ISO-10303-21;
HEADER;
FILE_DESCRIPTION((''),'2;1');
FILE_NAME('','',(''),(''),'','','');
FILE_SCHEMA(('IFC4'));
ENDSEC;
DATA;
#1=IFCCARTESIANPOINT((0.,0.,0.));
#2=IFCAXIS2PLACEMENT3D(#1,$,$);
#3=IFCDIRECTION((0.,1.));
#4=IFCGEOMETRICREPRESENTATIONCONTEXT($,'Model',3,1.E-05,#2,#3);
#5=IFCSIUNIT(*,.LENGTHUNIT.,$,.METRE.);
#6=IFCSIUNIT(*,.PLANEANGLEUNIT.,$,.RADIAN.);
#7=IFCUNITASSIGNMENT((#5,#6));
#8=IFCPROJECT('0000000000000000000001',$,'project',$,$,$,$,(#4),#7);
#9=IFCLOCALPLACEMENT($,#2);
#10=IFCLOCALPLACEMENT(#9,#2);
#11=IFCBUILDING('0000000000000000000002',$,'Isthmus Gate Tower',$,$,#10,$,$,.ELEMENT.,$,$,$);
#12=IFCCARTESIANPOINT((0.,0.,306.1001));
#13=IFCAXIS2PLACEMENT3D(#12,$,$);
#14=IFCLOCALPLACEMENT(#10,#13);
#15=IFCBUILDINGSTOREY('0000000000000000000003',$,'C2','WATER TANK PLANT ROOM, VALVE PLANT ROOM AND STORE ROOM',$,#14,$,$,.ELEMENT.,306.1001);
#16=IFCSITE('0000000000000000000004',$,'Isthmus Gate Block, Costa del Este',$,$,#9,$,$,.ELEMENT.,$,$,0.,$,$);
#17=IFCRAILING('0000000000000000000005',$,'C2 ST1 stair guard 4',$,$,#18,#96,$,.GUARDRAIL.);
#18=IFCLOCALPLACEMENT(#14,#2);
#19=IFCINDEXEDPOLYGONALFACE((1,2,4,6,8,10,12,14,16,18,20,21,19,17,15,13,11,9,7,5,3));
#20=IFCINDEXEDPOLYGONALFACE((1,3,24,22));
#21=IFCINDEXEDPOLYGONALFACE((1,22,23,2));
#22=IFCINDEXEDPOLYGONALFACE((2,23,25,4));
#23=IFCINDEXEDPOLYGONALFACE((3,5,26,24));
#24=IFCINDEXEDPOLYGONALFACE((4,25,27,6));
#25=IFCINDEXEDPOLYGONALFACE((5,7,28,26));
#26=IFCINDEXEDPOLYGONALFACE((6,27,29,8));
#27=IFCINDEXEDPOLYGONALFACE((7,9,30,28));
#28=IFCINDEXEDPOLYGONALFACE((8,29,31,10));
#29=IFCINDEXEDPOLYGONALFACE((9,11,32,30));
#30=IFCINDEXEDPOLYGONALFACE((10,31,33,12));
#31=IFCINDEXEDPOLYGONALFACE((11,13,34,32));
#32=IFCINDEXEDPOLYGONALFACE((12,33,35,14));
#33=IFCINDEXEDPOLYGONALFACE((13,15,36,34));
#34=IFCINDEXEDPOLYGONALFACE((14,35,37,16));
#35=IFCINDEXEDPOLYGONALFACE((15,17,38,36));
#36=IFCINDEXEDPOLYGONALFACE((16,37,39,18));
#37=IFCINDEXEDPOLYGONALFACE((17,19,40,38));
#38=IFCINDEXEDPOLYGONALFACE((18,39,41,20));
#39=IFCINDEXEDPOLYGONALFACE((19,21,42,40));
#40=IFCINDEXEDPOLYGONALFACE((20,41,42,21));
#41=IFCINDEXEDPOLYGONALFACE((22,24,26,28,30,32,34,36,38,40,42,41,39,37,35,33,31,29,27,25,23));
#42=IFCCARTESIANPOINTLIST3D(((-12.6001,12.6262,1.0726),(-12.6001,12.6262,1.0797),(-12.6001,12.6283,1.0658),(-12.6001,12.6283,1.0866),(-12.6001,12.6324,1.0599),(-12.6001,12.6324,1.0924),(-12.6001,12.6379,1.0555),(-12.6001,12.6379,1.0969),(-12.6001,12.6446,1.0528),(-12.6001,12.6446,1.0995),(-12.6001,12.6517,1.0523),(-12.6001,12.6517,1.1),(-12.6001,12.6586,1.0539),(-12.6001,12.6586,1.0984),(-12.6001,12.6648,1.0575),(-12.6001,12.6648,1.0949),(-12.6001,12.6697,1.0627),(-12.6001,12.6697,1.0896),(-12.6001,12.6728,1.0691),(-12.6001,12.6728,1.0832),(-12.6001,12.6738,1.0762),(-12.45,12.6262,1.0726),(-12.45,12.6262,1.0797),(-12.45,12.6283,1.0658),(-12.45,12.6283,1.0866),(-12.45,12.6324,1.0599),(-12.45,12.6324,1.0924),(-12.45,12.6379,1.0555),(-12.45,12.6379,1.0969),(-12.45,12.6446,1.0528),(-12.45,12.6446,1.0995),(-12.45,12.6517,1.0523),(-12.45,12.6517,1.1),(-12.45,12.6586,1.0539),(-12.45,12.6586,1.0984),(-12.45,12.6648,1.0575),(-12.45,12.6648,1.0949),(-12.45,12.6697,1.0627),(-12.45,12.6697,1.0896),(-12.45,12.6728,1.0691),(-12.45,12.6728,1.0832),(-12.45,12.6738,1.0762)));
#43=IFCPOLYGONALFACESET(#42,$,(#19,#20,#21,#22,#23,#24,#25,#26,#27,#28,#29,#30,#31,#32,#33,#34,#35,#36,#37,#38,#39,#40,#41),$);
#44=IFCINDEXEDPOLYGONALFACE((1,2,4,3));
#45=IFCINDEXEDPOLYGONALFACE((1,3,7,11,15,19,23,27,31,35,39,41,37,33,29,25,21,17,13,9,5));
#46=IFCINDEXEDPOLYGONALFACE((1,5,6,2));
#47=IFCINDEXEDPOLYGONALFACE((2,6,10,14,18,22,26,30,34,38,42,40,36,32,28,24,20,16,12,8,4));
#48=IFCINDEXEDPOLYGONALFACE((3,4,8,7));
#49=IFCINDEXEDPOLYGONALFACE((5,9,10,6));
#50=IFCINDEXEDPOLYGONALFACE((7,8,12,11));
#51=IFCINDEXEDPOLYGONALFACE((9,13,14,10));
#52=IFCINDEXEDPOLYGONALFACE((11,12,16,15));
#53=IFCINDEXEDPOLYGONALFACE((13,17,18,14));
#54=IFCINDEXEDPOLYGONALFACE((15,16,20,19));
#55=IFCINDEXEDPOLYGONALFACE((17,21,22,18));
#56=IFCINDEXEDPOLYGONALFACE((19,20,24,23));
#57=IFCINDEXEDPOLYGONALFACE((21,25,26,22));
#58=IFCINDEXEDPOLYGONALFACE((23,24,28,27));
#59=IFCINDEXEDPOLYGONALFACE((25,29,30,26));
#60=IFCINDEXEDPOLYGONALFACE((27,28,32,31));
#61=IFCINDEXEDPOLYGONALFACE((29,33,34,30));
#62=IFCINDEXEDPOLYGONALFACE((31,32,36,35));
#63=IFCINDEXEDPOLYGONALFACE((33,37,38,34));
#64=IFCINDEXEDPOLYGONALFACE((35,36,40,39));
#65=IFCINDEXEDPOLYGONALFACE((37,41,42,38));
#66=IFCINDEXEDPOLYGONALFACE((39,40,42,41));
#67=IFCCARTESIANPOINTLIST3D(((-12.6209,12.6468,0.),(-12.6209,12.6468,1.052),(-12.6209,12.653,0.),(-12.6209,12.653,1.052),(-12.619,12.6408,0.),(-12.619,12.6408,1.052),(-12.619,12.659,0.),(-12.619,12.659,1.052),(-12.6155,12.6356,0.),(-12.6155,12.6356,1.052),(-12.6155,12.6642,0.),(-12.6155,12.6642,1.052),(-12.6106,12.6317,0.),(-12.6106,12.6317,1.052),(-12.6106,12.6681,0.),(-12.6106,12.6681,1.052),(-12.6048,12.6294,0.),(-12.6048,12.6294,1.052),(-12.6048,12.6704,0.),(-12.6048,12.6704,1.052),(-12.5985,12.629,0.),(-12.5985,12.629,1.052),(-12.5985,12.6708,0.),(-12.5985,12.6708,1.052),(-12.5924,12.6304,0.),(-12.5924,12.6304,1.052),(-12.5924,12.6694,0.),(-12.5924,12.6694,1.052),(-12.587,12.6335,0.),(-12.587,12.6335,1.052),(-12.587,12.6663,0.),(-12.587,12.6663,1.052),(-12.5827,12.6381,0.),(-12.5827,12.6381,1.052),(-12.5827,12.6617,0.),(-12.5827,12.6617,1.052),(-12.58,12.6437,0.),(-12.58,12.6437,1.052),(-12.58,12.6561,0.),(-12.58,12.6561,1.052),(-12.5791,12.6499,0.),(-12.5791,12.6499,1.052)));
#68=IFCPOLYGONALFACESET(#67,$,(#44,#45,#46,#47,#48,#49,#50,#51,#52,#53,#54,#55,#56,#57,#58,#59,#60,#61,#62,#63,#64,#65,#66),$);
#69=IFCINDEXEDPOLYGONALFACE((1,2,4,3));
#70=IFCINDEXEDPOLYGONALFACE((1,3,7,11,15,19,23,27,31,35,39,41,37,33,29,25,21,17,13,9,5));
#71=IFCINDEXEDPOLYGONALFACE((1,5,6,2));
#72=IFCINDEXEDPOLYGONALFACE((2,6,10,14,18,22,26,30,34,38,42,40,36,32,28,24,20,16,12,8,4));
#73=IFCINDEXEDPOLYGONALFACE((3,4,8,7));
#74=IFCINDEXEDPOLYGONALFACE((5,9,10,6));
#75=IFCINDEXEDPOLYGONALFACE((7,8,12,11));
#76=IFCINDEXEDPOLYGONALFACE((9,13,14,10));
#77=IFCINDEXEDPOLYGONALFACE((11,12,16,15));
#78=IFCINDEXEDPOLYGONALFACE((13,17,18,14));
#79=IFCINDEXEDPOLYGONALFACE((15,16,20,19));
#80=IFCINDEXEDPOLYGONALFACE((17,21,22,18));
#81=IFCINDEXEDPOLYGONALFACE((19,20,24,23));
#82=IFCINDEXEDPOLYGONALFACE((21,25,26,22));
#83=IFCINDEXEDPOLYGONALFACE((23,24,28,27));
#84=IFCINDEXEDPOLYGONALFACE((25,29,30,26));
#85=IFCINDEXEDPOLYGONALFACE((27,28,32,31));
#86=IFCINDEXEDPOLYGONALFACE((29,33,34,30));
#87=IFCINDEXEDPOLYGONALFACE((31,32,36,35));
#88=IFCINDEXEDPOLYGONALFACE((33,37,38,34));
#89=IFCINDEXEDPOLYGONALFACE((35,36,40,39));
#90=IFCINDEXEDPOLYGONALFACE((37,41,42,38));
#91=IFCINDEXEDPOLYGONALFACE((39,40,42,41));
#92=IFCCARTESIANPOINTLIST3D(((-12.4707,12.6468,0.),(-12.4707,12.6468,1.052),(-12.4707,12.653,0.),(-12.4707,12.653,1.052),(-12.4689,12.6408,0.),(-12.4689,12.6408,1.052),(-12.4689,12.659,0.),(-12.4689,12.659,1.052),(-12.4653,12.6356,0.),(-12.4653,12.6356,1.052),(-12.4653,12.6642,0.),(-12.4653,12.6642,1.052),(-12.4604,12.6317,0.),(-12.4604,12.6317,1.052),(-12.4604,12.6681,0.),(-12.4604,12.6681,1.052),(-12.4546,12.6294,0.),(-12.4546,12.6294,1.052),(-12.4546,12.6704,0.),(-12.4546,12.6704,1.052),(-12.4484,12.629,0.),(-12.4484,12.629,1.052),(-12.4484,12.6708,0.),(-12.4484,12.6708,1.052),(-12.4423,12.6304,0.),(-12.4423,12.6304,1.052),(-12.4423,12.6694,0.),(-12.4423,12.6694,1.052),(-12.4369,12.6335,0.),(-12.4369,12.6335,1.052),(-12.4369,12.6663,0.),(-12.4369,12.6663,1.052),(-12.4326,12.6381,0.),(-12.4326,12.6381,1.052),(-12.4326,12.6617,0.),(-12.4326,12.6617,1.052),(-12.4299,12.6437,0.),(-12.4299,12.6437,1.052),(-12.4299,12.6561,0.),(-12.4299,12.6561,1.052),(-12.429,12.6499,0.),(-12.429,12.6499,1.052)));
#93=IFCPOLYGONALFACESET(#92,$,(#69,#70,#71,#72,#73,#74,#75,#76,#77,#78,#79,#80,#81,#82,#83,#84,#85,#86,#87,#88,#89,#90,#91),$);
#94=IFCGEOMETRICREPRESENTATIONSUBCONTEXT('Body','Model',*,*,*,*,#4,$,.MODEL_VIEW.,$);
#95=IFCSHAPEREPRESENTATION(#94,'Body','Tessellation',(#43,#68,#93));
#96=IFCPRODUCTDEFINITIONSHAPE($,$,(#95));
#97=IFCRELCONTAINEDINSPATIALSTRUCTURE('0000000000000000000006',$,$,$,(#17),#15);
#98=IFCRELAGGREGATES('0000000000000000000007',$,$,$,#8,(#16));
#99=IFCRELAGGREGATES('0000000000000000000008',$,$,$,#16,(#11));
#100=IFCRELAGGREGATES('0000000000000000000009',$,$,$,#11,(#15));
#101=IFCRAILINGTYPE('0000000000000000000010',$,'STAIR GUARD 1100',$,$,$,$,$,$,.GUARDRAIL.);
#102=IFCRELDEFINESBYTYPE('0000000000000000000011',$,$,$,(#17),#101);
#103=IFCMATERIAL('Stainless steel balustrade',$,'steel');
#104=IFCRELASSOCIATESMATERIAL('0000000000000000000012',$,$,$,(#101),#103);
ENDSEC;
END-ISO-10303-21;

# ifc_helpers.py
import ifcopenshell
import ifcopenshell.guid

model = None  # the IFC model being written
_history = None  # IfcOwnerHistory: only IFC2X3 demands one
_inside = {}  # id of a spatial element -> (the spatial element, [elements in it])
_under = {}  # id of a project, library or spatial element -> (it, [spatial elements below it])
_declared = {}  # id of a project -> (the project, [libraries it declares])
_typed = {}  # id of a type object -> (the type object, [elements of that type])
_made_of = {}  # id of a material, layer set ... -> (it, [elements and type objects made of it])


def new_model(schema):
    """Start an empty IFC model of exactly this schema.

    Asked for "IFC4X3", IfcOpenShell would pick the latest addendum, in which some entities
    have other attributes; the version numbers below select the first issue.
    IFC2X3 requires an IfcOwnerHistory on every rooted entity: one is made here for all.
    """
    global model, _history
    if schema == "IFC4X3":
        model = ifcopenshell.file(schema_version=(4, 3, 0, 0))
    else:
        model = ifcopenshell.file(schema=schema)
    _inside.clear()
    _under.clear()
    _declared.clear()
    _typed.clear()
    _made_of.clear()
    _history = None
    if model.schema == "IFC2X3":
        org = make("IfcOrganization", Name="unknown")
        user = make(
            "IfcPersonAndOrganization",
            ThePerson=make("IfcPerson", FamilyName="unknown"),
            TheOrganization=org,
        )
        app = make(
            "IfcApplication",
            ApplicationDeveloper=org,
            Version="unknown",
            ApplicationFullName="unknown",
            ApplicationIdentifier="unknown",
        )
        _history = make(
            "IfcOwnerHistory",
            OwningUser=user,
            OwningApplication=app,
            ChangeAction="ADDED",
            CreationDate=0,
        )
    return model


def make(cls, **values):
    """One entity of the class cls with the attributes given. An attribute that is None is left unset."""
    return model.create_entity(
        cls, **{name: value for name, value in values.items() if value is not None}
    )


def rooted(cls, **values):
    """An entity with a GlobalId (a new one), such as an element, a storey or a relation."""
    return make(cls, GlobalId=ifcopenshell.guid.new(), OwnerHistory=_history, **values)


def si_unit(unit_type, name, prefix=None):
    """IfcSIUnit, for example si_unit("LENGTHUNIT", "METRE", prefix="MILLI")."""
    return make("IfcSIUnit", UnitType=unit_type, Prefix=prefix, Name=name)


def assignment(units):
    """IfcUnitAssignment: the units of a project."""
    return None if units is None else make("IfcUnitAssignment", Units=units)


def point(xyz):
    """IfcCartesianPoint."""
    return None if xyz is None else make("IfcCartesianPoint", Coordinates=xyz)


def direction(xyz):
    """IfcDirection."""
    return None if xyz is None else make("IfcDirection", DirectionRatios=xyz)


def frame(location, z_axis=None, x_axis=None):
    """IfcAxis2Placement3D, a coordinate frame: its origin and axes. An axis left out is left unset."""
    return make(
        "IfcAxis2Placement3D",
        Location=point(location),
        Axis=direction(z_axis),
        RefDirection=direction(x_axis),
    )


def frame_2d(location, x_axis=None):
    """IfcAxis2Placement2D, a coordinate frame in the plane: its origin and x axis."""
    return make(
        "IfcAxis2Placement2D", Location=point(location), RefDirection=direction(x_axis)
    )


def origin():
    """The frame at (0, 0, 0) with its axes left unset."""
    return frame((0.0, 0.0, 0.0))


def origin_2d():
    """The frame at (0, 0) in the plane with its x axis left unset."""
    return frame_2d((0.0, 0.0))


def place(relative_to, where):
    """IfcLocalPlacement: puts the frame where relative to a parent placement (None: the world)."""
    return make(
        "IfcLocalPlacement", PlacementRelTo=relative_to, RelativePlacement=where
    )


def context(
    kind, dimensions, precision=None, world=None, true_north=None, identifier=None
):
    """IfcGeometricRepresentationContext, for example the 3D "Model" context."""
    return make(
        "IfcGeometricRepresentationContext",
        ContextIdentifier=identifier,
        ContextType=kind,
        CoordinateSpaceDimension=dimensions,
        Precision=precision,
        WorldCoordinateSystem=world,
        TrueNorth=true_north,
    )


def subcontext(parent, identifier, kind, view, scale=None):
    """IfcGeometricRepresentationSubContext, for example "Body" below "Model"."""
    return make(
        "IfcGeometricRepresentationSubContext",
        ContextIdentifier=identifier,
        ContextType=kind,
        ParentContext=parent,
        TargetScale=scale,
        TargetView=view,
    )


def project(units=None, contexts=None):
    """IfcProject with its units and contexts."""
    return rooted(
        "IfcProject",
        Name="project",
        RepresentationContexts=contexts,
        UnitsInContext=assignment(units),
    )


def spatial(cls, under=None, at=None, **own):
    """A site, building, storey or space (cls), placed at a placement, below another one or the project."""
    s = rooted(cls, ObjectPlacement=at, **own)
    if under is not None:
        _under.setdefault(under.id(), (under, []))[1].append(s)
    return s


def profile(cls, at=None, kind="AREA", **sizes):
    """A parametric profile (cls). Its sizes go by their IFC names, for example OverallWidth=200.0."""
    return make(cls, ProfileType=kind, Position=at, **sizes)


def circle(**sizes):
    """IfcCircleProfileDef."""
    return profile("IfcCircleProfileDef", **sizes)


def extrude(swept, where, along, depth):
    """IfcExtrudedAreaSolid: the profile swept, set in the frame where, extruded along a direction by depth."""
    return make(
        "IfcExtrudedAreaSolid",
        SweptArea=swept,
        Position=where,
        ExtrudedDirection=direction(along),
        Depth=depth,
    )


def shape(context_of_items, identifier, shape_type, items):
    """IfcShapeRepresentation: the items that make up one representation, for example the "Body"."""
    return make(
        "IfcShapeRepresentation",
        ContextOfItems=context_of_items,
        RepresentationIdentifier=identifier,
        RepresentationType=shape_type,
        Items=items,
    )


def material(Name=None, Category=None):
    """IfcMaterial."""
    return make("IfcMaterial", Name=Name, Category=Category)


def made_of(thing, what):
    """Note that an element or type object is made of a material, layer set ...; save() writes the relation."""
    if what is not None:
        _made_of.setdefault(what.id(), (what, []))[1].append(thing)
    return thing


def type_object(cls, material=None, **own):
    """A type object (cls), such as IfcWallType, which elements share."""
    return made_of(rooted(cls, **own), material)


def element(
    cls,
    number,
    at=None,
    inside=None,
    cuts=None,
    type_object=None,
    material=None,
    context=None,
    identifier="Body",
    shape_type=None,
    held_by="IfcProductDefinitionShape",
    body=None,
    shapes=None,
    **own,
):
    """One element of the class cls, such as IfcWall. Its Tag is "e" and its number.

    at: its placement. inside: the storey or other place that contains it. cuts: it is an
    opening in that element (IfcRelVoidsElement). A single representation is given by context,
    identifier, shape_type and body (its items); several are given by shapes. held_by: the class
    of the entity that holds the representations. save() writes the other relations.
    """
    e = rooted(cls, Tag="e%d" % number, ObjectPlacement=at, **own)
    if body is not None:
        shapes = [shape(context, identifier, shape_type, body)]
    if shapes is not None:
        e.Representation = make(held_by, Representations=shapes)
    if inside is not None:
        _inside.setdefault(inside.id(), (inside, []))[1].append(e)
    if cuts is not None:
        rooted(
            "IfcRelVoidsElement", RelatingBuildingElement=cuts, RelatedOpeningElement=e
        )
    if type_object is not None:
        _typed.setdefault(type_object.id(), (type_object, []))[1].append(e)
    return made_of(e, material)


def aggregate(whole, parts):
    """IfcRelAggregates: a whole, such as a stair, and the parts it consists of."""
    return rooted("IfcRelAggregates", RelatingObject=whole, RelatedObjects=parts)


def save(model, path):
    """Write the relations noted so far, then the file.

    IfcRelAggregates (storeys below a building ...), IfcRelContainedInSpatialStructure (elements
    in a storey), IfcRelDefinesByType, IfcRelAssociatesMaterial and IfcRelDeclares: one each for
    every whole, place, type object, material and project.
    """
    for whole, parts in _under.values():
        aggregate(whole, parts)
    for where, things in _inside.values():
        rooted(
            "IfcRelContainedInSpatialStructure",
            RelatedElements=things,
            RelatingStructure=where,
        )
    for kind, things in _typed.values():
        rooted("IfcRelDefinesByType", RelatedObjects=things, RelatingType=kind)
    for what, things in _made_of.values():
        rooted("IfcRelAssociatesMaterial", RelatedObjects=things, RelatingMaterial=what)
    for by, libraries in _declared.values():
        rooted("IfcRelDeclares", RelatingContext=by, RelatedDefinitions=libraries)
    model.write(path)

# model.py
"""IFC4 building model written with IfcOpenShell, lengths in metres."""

from ifc_helpers import new_model, si_unit, direction, frame, origin, origin_2d, place, context, subcontext, project, spatial, circle, extrude, material, type_object, element, save


model = new_model("IFC4")

# Units and contexts
model_context = context("Model", 3, precision=1e-05, world=origin(), true_north=direction((0.0, 1.0)))
body_context = subcontext(model_context, "Body", "Model", "MODEL_VIEW")
ifc_project = project(units=[si_unit("LENGTHUNIT", "METRE"), si_unit("PLANEANGLEUNIT", "RADIAN")], contexts=[model_context])

# Site, building, storey
site_placement = place(None, origin())
site = spatial("IfcSite", under=ifc_project, at=site_placement, Name="Isthmus Gate Block, Costa del Este", CompositionType="ELEMENT", RefElevation=0.0)
building_placement = place(site_placement, origin())
building = spatial("IfcBuilding", under=site, at=building_placement, Name="Isthmus Gate Tower", CompositionType="ELEMENT")
storey_placement = place(building_placement, frame((0.0, 0.0, 306.1001)))
storey = spatial("IfcBuildingStorey", under=building, at=storey_placement, Name="C2", Description="WATER TANK PLANT ROOM, VALVE PLANT ROOM AND STORE ROOM", CompositionType="ELEMENT", Elevation=306.1001)

# Railing
ifc_material_1 = material(Name="Stainless steel balustrade", Category="steel")
railing_type = type_object("IfcRailingType", Name="STAIR GUARD 1100", PredefinedType="GUARDRAIL", material=ifc_material_1)
railing_1_placement = place(storey_placement, frame((-12.6001, 12.6499, 0.0)))
element("IfcRailing", 1, at=railing_1_placement, inside=storey, type_object=railing_type, Name="C2 ST1 stair guard 4", PredefinedType="GUARDRAIL", context=body_context, shape_type="SweptSolid", body=[
    extrude(circle(Radius=0.0239, at=origin_2d()), frame((0.0, 0.0, 1.0762), z_axis=(1.0, 0.0, 0.0), x_axis=(0.0, 1.0, 0.0)), (0.0, 0.0, 1.0), 0.1501),
    extrude(circle(Radius=0.021, at=origin_2d()), origin(), (0.0, 0.0, 1.0), 1.052),
    extrude(circle(Radius=0.021, at=origin_2d()), frame((0.1501, 0.0, 0.0)), (0.0, 0.0, 1.0), 1.052),
])

save(model, "model.ifc")
